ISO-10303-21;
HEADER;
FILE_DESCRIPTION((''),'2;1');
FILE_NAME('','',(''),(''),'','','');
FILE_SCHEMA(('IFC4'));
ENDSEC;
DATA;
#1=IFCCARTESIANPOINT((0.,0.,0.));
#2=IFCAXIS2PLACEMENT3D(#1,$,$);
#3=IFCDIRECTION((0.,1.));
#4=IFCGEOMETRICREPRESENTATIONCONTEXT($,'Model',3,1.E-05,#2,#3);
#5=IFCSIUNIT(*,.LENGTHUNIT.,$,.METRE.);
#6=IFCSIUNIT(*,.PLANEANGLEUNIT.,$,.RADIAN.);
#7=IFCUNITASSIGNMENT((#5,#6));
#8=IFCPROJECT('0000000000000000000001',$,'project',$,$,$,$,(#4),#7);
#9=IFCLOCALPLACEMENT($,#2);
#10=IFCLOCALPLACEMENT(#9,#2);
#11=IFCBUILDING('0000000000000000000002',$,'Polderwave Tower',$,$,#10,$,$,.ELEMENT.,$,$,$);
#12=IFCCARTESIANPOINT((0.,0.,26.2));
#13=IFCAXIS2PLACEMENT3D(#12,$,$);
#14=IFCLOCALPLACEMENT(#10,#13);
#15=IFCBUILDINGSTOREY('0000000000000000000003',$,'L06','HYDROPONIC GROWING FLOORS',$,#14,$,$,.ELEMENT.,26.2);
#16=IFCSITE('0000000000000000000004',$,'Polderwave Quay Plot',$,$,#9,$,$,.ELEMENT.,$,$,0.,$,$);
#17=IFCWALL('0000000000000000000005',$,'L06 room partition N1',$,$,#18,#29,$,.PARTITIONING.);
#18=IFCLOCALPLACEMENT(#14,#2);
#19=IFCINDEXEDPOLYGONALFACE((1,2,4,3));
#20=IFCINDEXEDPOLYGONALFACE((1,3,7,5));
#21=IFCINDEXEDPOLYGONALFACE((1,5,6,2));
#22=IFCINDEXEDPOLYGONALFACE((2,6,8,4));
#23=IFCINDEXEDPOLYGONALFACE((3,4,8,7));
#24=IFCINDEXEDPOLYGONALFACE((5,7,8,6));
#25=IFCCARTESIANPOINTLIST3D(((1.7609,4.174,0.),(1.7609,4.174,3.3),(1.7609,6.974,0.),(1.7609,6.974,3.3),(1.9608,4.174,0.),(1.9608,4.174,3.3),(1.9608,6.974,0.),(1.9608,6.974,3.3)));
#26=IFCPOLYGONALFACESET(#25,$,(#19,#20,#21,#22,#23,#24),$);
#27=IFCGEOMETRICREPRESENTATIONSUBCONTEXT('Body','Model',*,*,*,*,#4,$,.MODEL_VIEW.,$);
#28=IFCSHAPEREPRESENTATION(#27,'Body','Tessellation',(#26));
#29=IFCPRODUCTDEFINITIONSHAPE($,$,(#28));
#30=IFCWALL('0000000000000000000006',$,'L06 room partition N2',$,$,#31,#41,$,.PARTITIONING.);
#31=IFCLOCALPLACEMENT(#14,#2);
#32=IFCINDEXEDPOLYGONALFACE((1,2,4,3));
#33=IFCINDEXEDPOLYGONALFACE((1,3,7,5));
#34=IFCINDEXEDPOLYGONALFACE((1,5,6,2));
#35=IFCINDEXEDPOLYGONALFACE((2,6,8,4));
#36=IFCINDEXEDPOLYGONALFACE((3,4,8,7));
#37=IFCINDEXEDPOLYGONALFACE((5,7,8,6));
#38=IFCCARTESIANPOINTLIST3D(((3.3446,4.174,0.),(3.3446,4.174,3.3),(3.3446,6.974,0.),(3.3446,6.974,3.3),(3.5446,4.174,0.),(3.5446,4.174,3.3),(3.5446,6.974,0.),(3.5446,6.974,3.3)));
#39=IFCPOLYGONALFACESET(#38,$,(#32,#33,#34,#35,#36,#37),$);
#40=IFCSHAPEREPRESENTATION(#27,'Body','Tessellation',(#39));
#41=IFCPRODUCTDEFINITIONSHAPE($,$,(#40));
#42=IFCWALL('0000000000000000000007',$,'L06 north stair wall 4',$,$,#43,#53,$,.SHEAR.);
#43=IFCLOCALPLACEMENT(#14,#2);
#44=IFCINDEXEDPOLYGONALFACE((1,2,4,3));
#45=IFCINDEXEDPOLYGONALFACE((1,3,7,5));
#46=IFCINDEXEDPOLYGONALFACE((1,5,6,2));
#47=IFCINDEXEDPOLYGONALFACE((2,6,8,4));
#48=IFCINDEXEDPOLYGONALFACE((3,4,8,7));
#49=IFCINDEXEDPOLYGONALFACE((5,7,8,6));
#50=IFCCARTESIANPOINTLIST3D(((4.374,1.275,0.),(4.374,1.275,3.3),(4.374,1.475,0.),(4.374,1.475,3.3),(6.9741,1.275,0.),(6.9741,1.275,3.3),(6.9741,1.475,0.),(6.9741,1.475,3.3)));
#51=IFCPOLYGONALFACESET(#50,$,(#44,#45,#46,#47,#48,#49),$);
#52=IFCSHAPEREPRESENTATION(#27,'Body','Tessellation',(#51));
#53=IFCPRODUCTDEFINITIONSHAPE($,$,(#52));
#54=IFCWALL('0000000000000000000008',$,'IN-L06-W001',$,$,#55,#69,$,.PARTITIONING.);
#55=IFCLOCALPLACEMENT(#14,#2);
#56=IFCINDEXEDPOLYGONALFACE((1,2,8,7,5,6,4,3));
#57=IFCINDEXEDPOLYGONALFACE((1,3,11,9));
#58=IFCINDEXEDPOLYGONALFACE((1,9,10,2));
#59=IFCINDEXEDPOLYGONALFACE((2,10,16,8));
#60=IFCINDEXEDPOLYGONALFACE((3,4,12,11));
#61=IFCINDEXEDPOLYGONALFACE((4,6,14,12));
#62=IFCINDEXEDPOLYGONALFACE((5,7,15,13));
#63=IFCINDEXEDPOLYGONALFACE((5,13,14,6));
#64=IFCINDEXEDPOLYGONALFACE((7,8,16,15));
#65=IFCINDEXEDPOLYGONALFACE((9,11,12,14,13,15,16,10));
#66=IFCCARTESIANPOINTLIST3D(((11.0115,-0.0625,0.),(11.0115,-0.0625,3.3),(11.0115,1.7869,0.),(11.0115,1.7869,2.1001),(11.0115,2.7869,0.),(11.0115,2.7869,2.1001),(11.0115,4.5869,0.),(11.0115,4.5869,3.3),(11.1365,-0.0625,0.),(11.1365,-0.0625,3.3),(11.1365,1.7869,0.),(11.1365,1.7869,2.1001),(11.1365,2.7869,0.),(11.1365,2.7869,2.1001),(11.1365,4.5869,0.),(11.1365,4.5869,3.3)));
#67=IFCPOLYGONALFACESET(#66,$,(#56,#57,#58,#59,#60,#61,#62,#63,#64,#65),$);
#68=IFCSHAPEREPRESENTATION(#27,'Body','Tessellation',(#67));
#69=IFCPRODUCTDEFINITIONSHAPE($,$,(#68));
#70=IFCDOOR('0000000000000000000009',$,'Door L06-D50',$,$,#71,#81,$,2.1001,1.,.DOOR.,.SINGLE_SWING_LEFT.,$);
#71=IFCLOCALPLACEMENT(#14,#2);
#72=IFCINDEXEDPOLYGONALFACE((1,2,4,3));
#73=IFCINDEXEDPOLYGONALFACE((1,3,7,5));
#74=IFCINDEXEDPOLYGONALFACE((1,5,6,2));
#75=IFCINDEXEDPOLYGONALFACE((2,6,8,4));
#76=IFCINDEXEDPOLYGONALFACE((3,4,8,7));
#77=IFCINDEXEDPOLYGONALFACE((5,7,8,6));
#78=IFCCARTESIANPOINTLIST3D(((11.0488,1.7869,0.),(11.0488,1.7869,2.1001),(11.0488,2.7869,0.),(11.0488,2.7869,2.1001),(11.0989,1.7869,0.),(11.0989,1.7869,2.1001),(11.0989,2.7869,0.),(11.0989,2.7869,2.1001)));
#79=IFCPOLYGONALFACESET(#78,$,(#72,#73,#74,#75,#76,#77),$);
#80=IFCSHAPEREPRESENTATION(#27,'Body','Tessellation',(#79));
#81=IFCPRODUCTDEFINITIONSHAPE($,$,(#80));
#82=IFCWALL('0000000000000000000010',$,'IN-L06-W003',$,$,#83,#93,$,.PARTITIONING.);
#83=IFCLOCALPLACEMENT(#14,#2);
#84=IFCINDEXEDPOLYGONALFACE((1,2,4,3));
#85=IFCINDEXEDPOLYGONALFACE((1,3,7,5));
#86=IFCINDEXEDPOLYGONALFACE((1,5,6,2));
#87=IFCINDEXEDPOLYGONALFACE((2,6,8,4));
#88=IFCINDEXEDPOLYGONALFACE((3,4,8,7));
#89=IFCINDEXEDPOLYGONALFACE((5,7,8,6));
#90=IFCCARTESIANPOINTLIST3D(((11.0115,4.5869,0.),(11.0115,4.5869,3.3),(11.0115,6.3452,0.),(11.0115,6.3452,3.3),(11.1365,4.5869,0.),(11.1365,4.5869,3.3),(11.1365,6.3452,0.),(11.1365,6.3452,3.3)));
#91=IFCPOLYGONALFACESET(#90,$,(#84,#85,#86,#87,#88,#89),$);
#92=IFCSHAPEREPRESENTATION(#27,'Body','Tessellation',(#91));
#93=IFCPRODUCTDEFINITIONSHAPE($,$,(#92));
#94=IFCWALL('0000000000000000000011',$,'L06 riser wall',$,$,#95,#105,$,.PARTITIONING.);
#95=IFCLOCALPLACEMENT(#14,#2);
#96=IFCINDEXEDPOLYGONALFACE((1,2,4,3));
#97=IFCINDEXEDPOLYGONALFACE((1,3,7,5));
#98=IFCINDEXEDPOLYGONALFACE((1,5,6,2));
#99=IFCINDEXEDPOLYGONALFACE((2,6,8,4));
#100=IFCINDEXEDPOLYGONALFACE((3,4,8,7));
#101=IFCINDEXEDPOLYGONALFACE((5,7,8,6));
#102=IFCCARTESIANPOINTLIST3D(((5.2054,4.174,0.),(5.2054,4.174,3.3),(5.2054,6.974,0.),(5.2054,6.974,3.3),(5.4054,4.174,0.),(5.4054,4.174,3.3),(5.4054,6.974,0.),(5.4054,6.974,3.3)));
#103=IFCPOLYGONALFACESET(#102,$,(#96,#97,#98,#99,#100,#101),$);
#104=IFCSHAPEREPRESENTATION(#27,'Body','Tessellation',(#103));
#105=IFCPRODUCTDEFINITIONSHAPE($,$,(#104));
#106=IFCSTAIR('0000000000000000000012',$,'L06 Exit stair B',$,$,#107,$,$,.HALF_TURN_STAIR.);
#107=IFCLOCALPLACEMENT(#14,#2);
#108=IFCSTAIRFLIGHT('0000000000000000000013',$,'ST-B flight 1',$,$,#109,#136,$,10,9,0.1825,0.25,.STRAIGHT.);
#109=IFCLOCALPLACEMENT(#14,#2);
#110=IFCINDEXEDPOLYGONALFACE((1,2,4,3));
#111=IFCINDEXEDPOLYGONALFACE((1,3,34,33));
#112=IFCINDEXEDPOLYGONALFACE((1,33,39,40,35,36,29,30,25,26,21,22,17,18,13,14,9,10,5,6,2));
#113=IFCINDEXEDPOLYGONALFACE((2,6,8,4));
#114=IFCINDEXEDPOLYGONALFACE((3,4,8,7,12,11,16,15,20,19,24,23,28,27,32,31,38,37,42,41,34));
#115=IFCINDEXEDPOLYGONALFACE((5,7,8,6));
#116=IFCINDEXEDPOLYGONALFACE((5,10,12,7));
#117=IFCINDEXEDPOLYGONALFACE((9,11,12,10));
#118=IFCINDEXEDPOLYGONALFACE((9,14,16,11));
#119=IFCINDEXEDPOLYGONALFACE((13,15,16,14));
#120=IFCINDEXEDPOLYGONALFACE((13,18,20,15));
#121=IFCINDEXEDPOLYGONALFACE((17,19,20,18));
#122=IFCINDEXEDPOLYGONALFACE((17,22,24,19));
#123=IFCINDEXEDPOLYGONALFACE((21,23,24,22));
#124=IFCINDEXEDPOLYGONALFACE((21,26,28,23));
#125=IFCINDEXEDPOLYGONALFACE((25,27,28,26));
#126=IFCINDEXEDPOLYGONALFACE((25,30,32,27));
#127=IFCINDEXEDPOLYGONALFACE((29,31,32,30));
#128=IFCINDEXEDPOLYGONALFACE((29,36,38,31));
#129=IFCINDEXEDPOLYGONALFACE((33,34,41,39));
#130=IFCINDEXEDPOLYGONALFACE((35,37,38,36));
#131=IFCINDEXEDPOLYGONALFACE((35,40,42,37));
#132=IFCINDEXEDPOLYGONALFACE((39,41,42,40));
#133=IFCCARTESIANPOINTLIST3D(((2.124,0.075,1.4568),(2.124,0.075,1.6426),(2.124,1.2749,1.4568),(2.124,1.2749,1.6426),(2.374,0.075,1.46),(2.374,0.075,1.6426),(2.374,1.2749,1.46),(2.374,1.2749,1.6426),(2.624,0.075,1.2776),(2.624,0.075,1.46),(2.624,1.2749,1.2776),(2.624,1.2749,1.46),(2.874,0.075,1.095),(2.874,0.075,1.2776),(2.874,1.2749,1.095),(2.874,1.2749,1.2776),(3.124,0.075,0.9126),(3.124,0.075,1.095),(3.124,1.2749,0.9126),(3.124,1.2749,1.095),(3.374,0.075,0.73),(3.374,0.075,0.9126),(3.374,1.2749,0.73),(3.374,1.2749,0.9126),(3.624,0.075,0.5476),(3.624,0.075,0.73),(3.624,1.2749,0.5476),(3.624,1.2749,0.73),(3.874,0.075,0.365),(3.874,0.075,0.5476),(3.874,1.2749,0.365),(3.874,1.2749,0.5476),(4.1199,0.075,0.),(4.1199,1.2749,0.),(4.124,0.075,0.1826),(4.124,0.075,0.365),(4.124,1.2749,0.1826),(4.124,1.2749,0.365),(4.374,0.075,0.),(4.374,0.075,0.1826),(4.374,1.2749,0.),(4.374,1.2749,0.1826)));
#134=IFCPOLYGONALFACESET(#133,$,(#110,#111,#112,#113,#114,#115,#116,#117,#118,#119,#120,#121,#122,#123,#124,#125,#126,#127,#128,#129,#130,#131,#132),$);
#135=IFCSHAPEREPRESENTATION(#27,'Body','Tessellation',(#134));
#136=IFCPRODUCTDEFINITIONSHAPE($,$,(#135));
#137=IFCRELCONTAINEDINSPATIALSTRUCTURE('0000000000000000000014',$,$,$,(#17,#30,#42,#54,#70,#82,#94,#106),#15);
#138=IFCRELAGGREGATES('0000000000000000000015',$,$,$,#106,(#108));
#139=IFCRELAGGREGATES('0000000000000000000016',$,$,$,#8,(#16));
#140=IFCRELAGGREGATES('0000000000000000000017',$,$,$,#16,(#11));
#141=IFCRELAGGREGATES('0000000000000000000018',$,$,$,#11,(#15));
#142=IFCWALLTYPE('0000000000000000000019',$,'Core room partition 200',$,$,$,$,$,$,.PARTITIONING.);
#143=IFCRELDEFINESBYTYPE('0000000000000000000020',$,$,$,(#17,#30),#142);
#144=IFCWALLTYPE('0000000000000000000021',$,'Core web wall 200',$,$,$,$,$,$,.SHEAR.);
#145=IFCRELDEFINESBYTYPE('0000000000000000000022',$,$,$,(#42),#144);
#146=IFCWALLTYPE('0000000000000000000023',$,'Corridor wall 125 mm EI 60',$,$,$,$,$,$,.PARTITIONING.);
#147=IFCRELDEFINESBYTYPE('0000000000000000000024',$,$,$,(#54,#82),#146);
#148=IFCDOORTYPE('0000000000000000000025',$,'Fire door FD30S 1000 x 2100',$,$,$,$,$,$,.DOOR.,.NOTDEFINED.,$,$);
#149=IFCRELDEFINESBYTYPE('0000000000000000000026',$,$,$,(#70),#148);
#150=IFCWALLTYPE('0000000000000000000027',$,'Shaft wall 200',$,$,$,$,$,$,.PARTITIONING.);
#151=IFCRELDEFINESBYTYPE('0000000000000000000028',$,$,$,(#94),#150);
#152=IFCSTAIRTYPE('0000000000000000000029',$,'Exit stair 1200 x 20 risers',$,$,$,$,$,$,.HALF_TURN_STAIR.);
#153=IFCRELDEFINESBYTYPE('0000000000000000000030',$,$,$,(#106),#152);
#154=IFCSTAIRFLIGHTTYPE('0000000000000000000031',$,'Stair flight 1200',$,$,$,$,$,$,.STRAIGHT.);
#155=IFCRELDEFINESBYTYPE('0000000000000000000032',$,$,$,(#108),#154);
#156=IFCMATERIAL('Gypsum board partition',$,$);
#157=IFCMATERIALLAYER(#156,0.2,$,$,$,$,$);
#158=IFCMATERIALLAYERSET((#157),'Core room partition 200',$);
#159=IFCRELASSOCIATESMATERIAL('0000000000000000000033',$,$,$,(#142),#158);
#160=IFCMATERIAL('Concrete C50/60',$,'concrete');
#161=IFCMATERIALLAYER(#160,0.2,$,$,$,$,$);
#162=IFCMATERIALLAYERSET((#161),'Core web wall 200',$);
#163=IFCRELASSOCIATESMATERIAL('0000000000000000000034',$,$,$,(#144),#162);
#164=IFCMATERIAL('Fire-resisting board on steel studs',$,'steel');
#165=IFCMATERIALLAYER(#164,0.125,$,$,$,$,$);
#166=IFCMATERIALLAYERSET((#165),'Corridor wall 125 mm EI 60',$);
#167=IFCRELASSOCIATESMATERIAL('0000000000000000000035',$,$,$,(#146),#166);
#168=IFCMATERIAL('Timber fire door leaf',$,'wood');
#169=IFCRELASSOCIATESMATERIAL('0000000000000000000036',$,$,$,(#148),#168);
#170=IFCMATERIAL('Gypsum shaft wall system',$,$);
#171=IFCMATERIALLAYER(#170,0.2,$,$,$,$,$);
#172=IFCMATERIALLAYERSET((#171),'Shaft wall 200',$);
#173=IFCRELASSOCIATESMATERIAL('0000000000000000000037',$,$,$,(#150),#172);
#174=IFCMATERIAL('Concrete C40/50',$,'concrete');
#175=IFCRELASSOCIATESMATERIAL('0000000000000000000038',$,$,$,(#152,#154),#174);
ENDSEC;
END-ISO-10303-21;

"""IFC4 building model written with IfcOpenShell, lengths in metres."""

from ifc_helpers import new_model, si_unit, direction, frame, frame_2d, origin, place, context, subcontext, project, spatial, polyline, rectangle, outline, extrude, material, layer, layer_set, type_object, element, fill, aggregate, save


model = new_model("IFC4")

# Units and contexts
model_context = context("Model", 3, precision=1e-05, world=origin(), true_north=direction((0.0, 1.0)))
body_context = subcontext(model_context, "Body", "Model", "MODEL_VIEW")
ifc_project = project(units=[si_unit("LENGTHUNIT", "METRE"), si_unit("PLANEANGLEUNIT", "RADIAN")], contexts=[model_context])

# Site, building, storey
site_placement = place(None, origin())
site = spatial("IfcSite", under=ifc_project, at=site_placement, Name="Polderwave Quay Plot", CompositionType="ELEMENT", RefElevation=0.0)
building_placement = place(site_placement, origin())
building = spatial("IfcBuilding", under=site, at=building_placement, Name="Polderwave Tower", CompositionType="ELEMENT")
storey_placement = place(building_placement, frame((0.0, 0.0, 26.2)))
storey = spatial("IfcBuildingStorey", under=building, at=storey_placement, Name="L06", Description="HYDROPONIC GROWING FLOORS", CompositionType="ELEMENT", Elevation=26.2)

# Walls
ifc_material_1 = material(Name="Gypsum board partition")
ifc_layer_1 = layer(ifc_material_1, 0.2)
ifc_layer_set_1 = layer_set([ifc_layer_1], Name="Core room partition 200")
wall_type_1 = type_object("IfcWallType", Name="Core room partition 200", PredefinedType="PARTITIONING", material=ifc_layer_set_1)
for number, where, z_axis, x_axis, name in (
    (1, (1.8608, 4.1741, 0.0), (0.0, 0.0, 1.0), (0.0, 1.0, 0.0), "L06 room partition N1"),
    (2, (3.4446, 4.1741, 0.0), (0.0, 0.0, 1.0), (0.0, 1.0, 0.0), "L06 room partition N2"),
):
    element("IfcWall", number, at=place(storey_placement, frame(where, z_axis=z_axis, x_axis=x_axis)), inside=storey, type_object=wall_type_1, Name=name, PredefinedType="PARTITIONING", context=body_context, shape_type="SweptSolid", body=[
        extrude(rectangle(XDim=2.8, YDim=0.2, at=frame_2d((1.3999, 0.0))), origin(), (0.0, 0.0, 1.0), 3.3),
    ])
ifc_material_2 = material(Name="Concrete C50/60", Category="concrete")
ifc_layer_2 = layer(ifc_material_2, 0.2)
ifc_layer_set_2 = layer_set([ifc_layer_2], Name="Core web wall 200")
wall_type_2 = type_object("IfcWallType", Name="Core web wall 200", PredefinedType="SHEAR", material=ifc_layer_set_2)
wall_1_placement = place(storey_placement, frame((4.374, 1.375, 0.0), z_axis=(0.0, 0.0, 1.0), x_axis=(1.0, 0.0, 0.0)))
element("IfcWall", 3, at=wall_1_placement, inside=storey, type_object=wall_type_2, Name="L06 north stair wall 4", PredefinedType="SHEAR", context=body_context, shape_type="SweptSolid", body=[
    extrude(rectangle(XDim=2.6001, YDim=0.2, at=frame_2d((1.3, 0.0))), origin(), (0.0, 0.0, 1.0), 3.3),
])

# Wall, opening, door
ifc_material_3 = material(Name="Fire-resisting board on steel studs", Category="steel")
ifc_layer_3 = layer(ifc_material_3, 0.125)
ifc_layer_set_3 = layer_set([ifc_layer_3], Name="Corridor wall 125 mm EI 60")
wall_type_3 = type_object("IfcWallType", Name="Corridor wall 125 mm EI 60", PredefinedType="PARTITIONING", material=ifc_layer_set_3)
wall_2_placement = place(storey_placement, frame((11.074, 4.5869, 0.0), z_axis=(0.0, 0.0, 1.0), x_axis=(0.0, -1.0, 0.0)))
wall_2 = element("IfcWall", 4, at=wall_2_placement, inside=storey, type_object=wall_type_3, Name="IN-L06-W001", PredefinedType="PARTITIONING", context=body_context, shape_type="SweptSolid", body=[
    extrude(rectangle(XDim=4.6494, YDim=0.125, at=frame_2d((2.3247, 0.0))), origin(), (0.0, 0.0, 1.0), 3.3),
])
opening_placement = place(wall_2_placement, frame((1.8, 0.0, 0.0)))
opening = element("IfcOpeningElement", 5, at=opening_placement, cuts=wall_2, PredefinedType="OPENING", context=body_context, shape_type="SweptSolid", body=[
    extrude(rectangle(XDim=1.0, YDim=2.1001, at=frame_2d((0.5, 1.05))), frame((0.0, 0.0725, 0.0), z_axis=(0.0, -1.0, 0.0), x_axis=(1.0, 0.0, 0.0)), (0.0, 0.0, 1.0), 0.145),
])
ifc_material_4 = material(Name="Timber fire door leaf", Category="wood")
door_type = type_object("IfcDoorType", Name="Fire door FD30S 1000 x 2100", OperationType="NOTDEFINED", PredefinedType="DOOR", material=ifc_material_4)
door_placement = place(opening_placement, origin())
door = element("IfcDoor", 6, at=door_placement, inside=storey, type_object=door_type, Name="Door L06-D50", OperationType="SINGLE_SWING_LEFT", OverallHeight=2.1001, OverallWidth=1.0, PredefinedType="DOOR", context=body_context, shape_type="SweptSolid", body=[
    extrude(rectangle(XDim=1.0, YDim=2.1001, at=frame_2d((0.5, 1.05))), frame((0.0, 0.0249, 0.0), z_axis=(0.0, -1.0, 0.0), x_axis=(1.0, 0.0, 0.0)), (0.0, 0.0, 1.0), 0.05),
])
fill(opening, door)

# Walls
wall_3_placement = place(storey_placement, frame((11.074, 6.3452, 0.0), z_axis=(0.0, 0.0, 1.0), x_axis=(0.0, -1.0, 0.0)))
element("IfcWall", 7, at=wall_3_placement, inside=storey, type_object=wall_type_3, Name="IN-L06-W003", PredefinedType="PARTITIONING", context=body_context, shape_type="SweptSolid", body=[
    extrude(rectangle(XDim=1.7583, YDim=0.125, at=frame_2d((0.8792, 0.0))), origin(), (0.0, 0.0, 1.0), 3.3),
])
ifc_material_5 = material(Name="Gypsum shaft wall system")
ifc_layer_4 = layer(ifc_material_5, 0.2)
ifc_layer_set_4 = layer_set([ifc_layer_4], Name="Shaft wall 200")
wall_type_4 = type_object("IfcWallType", Name="Shaft wall 200", PredefinedType="PARTITIONING", material=ifc_layer_set_4)
wall_4_placement = place(storey_placement, frame((5.3054, 4.1741, 0.0), z_axis=(0.0, 0.0, 1.0), x_axis=(0.0, 1.0, 0.0)))
element("IfcWall", 8, at=wall_4_placement, inside=storey, type_object=wall_type_4, Name="L06 riser wall", PredefinedType="PARTITIONING", context=body_context, shape_type="SweptSolid", body=[
    extrude(rectangle(XDim=2.8, YDim=0.2, at=frame_2d((1.3999, 0.0))), origin(), (0.0, 0.0, 1.0), 3.3),
])

# Stair, stair flight
ifc_material_6 = material(Name="Concrete C40/50", Category="concrete")
stair_type = type_object("IfcStairType", Name="Exit stair 1200 x 20 risers", PredefinedType="HALF_TURN_STAIR", material=ifc_material_6)
stair_placement = place(storey_placement, origin())
stair = element("IfcStair", 9, at=stair_placement, inside=storey, type_object=stair_type, Name="L06 Exit stair B", PredefinedType="HALF_TURN_STAIR")
stair_flight_type = type_object("IfcStairFlightType", Name="Stair flight 1200", PredefinedType="STRAIGHT", material=ifc_material_6)
stair_flight_placement = place(storey_placement, frame((4.374, 0.675, 0.0), z_axis=(0.0, 0.0, 1.0), x_axis=(-1.0, 0.0, 0.0)))
stair_flight = element("IfcStairFlight", 10, at=stair_flight_placement, type_object=stair_flight_type, Name="ST-B flight 1", NumberOfRisers=10, NumberOfTreads=9, PredefinedType="STRAIGHT", RiserHeight=0.1825, TreadLength=0.25, context=body_context, shape_type="SweptSolid", body=[
    extrude(outline(polyline([(0.0, 0.0), (0.0, 0.1826), (0.25, 0.1826), (0.25, 0.365), (0.5, 0.365), (0.5, 0.5476), (0.75, 0.5476), (0.75, 0.73), (1.0, 0.73), (1.0, 0.9126), (1.25, 0.9126), (1.25, 1.095), (1.5, 1.095), (1.5, 1.2776), (1.75, 1.2776), (1.75, 1.46), (2.0, 1.46), (2.0, 1.6426), (2.25, 1.6426), (2.25, 1.825), (2.25, 1.4568), (0.2542, 0.0), (0.0, 0.0)])), frame((0.0, 0.6001, 0.0), z_axis=(0.0, -1.0, 0.0), x_axis=(1.0, 0.0, 0.0)), (0.0, 0.0, 1.0), 1.2),
])
aggregate(stair, [stair_flight])

save(model, "model.ifc")
